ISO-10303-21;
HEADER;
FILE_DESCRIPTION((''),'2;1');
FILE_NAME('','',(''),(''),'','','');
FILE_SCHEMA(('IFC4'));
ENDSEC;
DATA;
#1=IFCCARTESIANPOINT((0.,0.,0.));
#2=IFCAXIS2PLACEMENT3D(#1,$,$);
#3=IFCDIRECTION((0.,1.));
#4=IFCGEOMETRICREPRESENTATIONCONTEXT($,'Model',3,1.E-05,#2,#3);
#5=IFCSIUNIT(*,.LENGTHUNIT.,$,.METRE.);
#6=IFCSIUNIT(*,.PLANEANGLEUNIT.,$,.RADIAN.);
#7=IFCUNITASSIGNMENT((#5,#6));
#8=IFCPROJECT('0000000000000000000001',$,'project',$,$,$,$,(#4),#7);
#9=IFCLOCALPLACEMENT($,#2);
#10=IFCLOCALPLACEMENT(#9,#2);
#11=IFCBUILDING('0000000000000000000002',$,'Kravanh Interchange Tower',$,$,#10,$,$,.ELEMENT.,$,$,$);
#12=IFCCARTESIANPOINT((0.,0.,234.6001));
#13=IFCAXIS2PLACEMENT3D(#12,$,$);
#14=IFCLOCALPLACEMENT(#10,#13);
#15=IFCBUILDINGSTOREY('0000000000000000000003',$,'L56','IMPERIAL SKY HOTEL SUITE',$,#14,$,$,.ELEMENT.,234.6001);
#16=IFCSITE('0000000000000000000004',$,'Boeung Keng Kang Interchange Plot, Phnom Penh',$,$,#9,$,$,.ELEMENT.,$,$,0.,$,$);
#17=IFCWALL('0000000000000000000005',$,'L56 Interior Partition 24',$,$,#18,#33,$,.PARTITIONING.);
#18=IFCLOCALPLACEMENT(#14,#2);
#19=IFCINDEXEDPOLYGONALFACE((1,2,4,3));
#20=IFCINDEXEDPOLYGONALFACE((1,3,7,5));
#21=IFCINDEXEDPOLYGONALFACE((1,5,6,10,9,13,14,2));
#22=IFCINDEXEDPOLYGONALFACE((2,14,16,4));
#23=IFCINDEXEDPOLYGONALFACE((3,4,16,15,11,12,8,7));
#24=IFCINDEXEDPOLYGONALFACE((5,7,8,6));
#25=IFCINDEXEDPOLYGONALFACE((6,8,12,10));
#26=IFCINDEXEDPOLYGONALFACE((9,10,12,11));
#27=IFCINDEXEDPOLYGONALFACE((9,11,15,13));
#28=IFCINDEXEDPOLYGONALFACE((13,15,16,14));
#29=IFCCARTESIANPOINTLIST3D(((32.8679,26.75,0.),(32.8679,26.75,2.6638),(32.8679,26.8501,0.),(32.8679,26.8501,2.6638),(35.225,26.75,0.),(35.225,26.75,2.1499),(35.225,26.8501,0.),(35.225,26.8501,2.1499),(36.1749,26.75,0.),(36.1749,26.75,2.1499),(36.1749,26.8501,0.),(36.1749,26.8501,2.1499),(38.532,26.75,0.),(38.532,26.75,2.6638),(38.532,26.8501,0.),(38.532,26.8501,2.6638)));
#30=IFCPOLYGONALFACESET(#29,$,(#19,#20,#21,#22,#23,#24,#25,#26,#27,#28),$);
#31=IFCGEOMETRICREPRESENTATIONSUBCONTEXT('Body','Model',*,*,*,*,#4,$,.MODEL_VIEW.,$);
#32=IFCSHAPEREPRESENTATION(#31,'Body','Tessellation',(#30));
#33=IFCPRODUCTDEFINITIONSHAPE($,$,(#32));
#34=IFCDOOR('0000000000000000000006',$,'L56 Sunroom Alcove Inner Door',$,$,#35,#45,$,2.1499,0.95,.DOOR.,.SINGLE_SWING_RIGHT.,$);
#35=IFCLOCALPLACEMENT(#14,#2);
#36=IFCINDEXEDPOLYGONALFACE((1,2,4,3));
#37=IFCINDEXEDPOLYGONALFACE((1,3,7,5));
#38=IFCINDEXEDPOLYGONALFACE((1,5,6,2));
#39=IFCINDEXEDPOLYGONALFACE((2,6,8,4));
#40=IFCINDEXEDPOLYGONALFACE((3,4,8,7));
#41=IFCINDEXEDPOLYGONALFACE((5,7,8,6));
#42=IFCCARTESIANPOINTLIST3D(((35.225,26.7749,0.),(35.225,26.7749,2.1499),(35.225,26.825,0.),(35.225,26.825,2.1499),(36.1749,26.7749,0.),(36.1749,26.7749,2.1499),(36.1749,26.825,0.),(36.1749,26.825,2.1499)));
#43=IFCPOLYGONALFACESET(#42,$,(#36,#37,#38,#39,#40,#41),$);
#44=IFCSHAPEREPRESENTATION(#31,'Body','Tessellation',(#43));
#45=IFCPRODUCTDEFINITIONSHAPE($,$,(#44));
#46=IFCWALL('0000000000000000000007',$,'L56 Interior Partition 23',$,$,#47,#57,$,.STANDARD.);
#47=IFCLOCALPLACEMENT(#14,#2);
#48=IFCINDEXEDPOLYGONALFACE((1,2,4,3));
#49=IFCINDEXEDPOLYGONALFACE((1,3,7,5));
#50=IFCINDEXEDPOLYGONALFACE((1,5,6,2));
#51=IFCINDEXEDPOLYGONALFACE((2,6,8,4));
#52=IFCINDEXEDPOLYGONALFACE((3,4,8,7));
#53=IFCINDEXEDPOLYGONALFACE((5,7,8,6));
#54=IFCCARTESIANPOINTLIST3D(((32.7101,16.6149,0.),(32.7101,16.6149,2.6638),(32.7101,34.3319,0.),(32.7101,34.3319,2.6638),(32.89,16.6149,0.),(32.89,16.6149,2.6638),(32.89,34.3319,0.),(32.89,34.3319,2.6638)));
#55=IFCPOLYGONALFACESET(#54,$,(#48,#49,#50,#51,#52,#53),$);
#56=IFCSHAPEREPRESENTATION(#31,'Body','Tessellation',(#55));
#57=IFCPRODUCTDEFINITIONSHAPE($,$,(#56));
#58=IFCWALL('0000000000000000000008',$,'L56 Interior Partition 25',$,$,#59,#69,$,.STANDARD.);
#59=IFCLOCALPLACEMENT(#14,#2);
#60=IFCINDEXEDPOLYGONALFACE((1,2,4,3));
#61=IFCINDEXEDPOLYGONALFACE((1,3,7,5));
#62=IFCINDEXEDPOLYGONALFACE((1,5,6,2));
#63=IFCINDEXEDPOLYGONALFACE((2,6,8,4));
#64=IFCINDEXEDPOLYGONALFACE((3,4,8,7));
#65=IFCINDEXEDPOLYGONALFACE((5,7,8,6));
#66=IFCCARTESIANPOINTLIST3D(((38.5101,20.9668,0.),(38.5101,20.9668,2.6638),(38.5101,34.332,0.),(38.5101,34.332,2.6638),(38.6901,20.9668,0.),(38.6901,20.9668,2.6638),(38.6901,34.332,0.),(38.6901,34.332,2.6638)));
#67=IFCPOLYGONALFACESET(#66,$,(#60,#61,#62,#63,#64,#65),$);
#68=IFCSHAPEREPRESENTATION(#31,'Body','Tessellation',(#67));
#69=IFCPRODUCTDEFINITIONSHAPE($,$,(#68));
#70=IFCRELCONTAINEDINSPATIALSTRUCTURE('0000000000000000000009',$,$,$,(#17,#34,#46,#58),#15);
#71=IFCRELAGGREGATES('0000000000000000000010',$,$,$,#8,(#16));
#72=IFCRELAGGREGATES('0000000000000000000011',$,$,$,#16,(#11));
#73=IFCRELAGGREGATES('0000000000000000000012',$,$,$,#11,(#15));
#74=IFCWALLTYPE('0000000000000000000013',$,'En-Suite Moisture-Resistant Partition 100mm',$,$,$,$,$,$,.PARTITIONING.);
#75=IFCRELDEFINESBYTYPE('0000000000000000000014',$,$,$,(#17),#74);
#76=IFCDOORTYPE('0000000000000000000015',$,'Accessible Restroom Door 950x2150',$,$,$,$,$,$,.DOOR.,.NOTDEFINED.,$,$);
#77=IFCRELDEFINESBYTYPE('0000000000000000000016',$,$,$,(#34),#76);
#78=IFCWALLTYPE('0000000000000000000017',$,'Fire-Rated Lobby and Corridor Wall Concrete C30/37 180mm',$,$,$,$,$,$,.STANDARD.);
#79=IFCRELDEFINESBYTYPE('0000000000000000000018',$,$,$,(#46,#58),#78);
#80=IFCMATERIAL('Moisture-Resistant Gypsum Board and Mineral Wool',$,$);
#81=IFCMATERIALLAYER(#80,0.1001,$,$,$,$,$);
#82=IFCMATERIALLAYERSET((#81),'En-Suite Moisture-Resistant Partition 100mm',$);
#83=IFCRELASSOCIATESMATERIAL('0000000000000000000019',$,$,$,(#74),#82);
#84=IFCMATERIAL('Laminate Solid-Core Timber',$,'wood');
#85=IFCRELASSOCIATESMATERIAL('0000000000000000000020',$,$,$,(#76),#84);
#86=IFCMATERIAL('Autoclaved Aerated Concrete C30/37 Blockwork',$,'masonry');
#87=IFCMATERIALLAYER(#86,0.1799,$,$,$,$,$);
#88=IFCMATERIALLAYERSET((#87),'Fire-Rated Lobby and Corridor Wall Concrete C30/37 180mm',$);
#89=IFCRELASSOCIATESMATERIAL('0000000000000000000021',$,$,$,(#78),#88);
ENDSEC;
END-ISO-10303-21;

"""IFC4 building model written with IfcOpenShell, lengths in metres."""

from ifc_helpers import new_model, si_unit, direction, frame, frame_2d, origin, place, context, subcontext, project, spatial, rectangle, extrude, material, layer, layer_set, type_object, element, fill, save


model = new_model("IFC4")

# Units and contexts
model_context = context("Model", 3, precision=1e-05, world=origin(), true_north=direction((0.0, 1.0)))
body_context = subcontext(model_context, "Body", "Model", "MODEL_VIEW")
ifc_project = project(units=[si_unit("LENGTHUNIT", "METRE"), si_unit("PLANEANGLEUNIT", "RADIAN")], contexts=[model_context])

# Site, building, storey
site_placement = place(None, origin())
site = spatial("IfcSite", under=ifc_project, at=site_placement, Name="Boeung Keng Kang Interchange Plot, Phnom Penh", CompositionType="ELEMENT", RefElevation=0.0)
building_placement = place(site_placement, origin())
building = spatial("IfcBuilding", under=site, at=building_placement, Name="Kravanh Interchange Tower", CompositionType="ELEMENT")
storey_placement = place(building_placement, frame((0.0, 0.0, 234.6001)))
storey = spatial("IfcBuildingStorey", under=building, at=storey_placement, Name="L56", Description="IMPERIAL SKY HOTEL SUITE", CompositionType="ELEMENT", Elevation=234.6001)

# Wall, opening, door
ifc_material_1 = material(Name="Moisture-Resistant Gypsum Board and Mineral Wool")
ifc_layer_1 = layer(ifc_material_1, 0.1001)
ifc_layer_set_1 = layer_set([ifc_layer_1], Name="En-Suite Moisture-Resistant Partition 100mm")
wall_type_1 = type_object("IfcWallType", Name="En-Suite Moisture-Resistant Partition 100mm", PredefinedType="PARTITIONING", material=ifc_layer_set_1)
wall_1_placement = place(storey_placement, frame((32.8679, 26.8, 0.0), z_axis=(0.0, 0.0, 1.0), x_axis=(1.0, 0.0, 0.0)))
wall_1 = element("IfcWall", 1, at=wall_1_placement, inside=storey, type_object=wall_type_1, Name="L56 Interior Partition 24", PredefinedType="PARTITIONING", context=body_context, shape_type="SweptSolid", body=[
    extrude(rectangle(XDim=5.6641, YDim=0.1001, at=frame_2d((2.832, 0.0))), origin(), (0.0, 0.0, 1.0), 2.6638),
])
opening_placement = place(wall_1_placement, frame((2.3569, 0.0, 0.0)))
opening = element("IfcOpeningElement", 2, at=opening_placement, cuts=wall_1, PredefinedType="OPENING", context=body_context, shape_type="SweptSolid", body=[
    extrude(rectangle(XDim=0.95, YDim=2.1499, at=frame_2d((0.4751, 1.075))), frame((0.0, 0.0601, 0.0), z_axis=(0.0, -1.0, 0.0), x_axis=(1.0, 0.0, 0.0)), (0.0, 0.0, 1.0), 0.1201),
])
ifc_material_2 = material(Name="Laminate Solid-Core Timber", Category="wood")
door_type = type_object("IfcDoorType", Name="Accessible Restroom Door 950x2150", OperationType="NOTDEFINED", PredefinedType="DOOR", material=ifc_material_2)
door_placement = place(opening_placement, origin())
door = element("IfcDoor", 3, at=door_placement, inside=storey, type_object=door_type, Name="L56 Sunroom Alcove Inner Door", OperationType="SINGLE_SWING_RIGHT", OverallHeight=2.1499, OverallWidth=0.95, PredefinedType="DOOR", context=body_context, shape_type="SweptSolid", body=[
    extrude(rectangle(XDim=0.95, YDim=2.1499, at=frame_2d((0.4751, 1.075))), frame((0.0, 0.0249, 0.0), z_axis=(0.0, -1.0, 0.0), x_axis=(1.0, 0.0, 0.0)), (0.0, 0.0, 1.0), 0.05),
])
fill(opening, door)

# Walls
ifc_material_3 = material(Name="Autoclaved Aerated Concrete C30/37 Blockwork", Category="masonry")
ifc_layer_2 = layer(ifc_material_3, 0.1799)
ifc_layer_set_2 = layer_set([ifc_layer_2], Name="Fire-Rated Lobby and Corridor Wall Concrete C30/37 180mm")
wall_type_2 = type_object("IfcWallType", Name="Fire-Rated Lobby and Corridor Wall Concrete C30/37 180mm", PredefinedType="STANDARD", material=ifc_layer_set_2)
wall_2_placement = place(storey_placement, frame((32.8, 16.615, 0.0), z_axis=(0.0, 0.0, 1.0), x_axis=(0.0, 1.0, 0.0)))
element("IfcWall", 4, at=wall_2_placement, inside=storey, type_object=wall_type_2, Name="L56 Interior Partition 23", PredefinedType="STANDARD", context=body_context, shape_type="SweptSolid", body=[
    extrude(rectangle(XDim=17.717, YDim=0.1799, at=frame_2d((8.8584, 0.0))), origin(), (0.0, 0.0, 1.0), 2.6638),
])
wall_3_placement = place(storey_placement, frame((38.6001, 20.9668, 0.0), z_axis=(0.0, 0.0, 1.0), x_axis=(0.0, 1.0, 0.0)))
element("IfcWall", 5, at=wall_3_placement, inside=storey, type_object=wall_type_2, Name="L56 Interior Partition 25", PredefinedType="STANDARD", context=body_context, shape_type="SweptSolid", body=[
    extrude(rectangle(XDim=13.3652, YDim=0.1799, at=frame_2d((6.6826, 0.0))), origin(), (0.0, 0.0, 1.0), 2.6638),
])

save(model, "model.ifc")
